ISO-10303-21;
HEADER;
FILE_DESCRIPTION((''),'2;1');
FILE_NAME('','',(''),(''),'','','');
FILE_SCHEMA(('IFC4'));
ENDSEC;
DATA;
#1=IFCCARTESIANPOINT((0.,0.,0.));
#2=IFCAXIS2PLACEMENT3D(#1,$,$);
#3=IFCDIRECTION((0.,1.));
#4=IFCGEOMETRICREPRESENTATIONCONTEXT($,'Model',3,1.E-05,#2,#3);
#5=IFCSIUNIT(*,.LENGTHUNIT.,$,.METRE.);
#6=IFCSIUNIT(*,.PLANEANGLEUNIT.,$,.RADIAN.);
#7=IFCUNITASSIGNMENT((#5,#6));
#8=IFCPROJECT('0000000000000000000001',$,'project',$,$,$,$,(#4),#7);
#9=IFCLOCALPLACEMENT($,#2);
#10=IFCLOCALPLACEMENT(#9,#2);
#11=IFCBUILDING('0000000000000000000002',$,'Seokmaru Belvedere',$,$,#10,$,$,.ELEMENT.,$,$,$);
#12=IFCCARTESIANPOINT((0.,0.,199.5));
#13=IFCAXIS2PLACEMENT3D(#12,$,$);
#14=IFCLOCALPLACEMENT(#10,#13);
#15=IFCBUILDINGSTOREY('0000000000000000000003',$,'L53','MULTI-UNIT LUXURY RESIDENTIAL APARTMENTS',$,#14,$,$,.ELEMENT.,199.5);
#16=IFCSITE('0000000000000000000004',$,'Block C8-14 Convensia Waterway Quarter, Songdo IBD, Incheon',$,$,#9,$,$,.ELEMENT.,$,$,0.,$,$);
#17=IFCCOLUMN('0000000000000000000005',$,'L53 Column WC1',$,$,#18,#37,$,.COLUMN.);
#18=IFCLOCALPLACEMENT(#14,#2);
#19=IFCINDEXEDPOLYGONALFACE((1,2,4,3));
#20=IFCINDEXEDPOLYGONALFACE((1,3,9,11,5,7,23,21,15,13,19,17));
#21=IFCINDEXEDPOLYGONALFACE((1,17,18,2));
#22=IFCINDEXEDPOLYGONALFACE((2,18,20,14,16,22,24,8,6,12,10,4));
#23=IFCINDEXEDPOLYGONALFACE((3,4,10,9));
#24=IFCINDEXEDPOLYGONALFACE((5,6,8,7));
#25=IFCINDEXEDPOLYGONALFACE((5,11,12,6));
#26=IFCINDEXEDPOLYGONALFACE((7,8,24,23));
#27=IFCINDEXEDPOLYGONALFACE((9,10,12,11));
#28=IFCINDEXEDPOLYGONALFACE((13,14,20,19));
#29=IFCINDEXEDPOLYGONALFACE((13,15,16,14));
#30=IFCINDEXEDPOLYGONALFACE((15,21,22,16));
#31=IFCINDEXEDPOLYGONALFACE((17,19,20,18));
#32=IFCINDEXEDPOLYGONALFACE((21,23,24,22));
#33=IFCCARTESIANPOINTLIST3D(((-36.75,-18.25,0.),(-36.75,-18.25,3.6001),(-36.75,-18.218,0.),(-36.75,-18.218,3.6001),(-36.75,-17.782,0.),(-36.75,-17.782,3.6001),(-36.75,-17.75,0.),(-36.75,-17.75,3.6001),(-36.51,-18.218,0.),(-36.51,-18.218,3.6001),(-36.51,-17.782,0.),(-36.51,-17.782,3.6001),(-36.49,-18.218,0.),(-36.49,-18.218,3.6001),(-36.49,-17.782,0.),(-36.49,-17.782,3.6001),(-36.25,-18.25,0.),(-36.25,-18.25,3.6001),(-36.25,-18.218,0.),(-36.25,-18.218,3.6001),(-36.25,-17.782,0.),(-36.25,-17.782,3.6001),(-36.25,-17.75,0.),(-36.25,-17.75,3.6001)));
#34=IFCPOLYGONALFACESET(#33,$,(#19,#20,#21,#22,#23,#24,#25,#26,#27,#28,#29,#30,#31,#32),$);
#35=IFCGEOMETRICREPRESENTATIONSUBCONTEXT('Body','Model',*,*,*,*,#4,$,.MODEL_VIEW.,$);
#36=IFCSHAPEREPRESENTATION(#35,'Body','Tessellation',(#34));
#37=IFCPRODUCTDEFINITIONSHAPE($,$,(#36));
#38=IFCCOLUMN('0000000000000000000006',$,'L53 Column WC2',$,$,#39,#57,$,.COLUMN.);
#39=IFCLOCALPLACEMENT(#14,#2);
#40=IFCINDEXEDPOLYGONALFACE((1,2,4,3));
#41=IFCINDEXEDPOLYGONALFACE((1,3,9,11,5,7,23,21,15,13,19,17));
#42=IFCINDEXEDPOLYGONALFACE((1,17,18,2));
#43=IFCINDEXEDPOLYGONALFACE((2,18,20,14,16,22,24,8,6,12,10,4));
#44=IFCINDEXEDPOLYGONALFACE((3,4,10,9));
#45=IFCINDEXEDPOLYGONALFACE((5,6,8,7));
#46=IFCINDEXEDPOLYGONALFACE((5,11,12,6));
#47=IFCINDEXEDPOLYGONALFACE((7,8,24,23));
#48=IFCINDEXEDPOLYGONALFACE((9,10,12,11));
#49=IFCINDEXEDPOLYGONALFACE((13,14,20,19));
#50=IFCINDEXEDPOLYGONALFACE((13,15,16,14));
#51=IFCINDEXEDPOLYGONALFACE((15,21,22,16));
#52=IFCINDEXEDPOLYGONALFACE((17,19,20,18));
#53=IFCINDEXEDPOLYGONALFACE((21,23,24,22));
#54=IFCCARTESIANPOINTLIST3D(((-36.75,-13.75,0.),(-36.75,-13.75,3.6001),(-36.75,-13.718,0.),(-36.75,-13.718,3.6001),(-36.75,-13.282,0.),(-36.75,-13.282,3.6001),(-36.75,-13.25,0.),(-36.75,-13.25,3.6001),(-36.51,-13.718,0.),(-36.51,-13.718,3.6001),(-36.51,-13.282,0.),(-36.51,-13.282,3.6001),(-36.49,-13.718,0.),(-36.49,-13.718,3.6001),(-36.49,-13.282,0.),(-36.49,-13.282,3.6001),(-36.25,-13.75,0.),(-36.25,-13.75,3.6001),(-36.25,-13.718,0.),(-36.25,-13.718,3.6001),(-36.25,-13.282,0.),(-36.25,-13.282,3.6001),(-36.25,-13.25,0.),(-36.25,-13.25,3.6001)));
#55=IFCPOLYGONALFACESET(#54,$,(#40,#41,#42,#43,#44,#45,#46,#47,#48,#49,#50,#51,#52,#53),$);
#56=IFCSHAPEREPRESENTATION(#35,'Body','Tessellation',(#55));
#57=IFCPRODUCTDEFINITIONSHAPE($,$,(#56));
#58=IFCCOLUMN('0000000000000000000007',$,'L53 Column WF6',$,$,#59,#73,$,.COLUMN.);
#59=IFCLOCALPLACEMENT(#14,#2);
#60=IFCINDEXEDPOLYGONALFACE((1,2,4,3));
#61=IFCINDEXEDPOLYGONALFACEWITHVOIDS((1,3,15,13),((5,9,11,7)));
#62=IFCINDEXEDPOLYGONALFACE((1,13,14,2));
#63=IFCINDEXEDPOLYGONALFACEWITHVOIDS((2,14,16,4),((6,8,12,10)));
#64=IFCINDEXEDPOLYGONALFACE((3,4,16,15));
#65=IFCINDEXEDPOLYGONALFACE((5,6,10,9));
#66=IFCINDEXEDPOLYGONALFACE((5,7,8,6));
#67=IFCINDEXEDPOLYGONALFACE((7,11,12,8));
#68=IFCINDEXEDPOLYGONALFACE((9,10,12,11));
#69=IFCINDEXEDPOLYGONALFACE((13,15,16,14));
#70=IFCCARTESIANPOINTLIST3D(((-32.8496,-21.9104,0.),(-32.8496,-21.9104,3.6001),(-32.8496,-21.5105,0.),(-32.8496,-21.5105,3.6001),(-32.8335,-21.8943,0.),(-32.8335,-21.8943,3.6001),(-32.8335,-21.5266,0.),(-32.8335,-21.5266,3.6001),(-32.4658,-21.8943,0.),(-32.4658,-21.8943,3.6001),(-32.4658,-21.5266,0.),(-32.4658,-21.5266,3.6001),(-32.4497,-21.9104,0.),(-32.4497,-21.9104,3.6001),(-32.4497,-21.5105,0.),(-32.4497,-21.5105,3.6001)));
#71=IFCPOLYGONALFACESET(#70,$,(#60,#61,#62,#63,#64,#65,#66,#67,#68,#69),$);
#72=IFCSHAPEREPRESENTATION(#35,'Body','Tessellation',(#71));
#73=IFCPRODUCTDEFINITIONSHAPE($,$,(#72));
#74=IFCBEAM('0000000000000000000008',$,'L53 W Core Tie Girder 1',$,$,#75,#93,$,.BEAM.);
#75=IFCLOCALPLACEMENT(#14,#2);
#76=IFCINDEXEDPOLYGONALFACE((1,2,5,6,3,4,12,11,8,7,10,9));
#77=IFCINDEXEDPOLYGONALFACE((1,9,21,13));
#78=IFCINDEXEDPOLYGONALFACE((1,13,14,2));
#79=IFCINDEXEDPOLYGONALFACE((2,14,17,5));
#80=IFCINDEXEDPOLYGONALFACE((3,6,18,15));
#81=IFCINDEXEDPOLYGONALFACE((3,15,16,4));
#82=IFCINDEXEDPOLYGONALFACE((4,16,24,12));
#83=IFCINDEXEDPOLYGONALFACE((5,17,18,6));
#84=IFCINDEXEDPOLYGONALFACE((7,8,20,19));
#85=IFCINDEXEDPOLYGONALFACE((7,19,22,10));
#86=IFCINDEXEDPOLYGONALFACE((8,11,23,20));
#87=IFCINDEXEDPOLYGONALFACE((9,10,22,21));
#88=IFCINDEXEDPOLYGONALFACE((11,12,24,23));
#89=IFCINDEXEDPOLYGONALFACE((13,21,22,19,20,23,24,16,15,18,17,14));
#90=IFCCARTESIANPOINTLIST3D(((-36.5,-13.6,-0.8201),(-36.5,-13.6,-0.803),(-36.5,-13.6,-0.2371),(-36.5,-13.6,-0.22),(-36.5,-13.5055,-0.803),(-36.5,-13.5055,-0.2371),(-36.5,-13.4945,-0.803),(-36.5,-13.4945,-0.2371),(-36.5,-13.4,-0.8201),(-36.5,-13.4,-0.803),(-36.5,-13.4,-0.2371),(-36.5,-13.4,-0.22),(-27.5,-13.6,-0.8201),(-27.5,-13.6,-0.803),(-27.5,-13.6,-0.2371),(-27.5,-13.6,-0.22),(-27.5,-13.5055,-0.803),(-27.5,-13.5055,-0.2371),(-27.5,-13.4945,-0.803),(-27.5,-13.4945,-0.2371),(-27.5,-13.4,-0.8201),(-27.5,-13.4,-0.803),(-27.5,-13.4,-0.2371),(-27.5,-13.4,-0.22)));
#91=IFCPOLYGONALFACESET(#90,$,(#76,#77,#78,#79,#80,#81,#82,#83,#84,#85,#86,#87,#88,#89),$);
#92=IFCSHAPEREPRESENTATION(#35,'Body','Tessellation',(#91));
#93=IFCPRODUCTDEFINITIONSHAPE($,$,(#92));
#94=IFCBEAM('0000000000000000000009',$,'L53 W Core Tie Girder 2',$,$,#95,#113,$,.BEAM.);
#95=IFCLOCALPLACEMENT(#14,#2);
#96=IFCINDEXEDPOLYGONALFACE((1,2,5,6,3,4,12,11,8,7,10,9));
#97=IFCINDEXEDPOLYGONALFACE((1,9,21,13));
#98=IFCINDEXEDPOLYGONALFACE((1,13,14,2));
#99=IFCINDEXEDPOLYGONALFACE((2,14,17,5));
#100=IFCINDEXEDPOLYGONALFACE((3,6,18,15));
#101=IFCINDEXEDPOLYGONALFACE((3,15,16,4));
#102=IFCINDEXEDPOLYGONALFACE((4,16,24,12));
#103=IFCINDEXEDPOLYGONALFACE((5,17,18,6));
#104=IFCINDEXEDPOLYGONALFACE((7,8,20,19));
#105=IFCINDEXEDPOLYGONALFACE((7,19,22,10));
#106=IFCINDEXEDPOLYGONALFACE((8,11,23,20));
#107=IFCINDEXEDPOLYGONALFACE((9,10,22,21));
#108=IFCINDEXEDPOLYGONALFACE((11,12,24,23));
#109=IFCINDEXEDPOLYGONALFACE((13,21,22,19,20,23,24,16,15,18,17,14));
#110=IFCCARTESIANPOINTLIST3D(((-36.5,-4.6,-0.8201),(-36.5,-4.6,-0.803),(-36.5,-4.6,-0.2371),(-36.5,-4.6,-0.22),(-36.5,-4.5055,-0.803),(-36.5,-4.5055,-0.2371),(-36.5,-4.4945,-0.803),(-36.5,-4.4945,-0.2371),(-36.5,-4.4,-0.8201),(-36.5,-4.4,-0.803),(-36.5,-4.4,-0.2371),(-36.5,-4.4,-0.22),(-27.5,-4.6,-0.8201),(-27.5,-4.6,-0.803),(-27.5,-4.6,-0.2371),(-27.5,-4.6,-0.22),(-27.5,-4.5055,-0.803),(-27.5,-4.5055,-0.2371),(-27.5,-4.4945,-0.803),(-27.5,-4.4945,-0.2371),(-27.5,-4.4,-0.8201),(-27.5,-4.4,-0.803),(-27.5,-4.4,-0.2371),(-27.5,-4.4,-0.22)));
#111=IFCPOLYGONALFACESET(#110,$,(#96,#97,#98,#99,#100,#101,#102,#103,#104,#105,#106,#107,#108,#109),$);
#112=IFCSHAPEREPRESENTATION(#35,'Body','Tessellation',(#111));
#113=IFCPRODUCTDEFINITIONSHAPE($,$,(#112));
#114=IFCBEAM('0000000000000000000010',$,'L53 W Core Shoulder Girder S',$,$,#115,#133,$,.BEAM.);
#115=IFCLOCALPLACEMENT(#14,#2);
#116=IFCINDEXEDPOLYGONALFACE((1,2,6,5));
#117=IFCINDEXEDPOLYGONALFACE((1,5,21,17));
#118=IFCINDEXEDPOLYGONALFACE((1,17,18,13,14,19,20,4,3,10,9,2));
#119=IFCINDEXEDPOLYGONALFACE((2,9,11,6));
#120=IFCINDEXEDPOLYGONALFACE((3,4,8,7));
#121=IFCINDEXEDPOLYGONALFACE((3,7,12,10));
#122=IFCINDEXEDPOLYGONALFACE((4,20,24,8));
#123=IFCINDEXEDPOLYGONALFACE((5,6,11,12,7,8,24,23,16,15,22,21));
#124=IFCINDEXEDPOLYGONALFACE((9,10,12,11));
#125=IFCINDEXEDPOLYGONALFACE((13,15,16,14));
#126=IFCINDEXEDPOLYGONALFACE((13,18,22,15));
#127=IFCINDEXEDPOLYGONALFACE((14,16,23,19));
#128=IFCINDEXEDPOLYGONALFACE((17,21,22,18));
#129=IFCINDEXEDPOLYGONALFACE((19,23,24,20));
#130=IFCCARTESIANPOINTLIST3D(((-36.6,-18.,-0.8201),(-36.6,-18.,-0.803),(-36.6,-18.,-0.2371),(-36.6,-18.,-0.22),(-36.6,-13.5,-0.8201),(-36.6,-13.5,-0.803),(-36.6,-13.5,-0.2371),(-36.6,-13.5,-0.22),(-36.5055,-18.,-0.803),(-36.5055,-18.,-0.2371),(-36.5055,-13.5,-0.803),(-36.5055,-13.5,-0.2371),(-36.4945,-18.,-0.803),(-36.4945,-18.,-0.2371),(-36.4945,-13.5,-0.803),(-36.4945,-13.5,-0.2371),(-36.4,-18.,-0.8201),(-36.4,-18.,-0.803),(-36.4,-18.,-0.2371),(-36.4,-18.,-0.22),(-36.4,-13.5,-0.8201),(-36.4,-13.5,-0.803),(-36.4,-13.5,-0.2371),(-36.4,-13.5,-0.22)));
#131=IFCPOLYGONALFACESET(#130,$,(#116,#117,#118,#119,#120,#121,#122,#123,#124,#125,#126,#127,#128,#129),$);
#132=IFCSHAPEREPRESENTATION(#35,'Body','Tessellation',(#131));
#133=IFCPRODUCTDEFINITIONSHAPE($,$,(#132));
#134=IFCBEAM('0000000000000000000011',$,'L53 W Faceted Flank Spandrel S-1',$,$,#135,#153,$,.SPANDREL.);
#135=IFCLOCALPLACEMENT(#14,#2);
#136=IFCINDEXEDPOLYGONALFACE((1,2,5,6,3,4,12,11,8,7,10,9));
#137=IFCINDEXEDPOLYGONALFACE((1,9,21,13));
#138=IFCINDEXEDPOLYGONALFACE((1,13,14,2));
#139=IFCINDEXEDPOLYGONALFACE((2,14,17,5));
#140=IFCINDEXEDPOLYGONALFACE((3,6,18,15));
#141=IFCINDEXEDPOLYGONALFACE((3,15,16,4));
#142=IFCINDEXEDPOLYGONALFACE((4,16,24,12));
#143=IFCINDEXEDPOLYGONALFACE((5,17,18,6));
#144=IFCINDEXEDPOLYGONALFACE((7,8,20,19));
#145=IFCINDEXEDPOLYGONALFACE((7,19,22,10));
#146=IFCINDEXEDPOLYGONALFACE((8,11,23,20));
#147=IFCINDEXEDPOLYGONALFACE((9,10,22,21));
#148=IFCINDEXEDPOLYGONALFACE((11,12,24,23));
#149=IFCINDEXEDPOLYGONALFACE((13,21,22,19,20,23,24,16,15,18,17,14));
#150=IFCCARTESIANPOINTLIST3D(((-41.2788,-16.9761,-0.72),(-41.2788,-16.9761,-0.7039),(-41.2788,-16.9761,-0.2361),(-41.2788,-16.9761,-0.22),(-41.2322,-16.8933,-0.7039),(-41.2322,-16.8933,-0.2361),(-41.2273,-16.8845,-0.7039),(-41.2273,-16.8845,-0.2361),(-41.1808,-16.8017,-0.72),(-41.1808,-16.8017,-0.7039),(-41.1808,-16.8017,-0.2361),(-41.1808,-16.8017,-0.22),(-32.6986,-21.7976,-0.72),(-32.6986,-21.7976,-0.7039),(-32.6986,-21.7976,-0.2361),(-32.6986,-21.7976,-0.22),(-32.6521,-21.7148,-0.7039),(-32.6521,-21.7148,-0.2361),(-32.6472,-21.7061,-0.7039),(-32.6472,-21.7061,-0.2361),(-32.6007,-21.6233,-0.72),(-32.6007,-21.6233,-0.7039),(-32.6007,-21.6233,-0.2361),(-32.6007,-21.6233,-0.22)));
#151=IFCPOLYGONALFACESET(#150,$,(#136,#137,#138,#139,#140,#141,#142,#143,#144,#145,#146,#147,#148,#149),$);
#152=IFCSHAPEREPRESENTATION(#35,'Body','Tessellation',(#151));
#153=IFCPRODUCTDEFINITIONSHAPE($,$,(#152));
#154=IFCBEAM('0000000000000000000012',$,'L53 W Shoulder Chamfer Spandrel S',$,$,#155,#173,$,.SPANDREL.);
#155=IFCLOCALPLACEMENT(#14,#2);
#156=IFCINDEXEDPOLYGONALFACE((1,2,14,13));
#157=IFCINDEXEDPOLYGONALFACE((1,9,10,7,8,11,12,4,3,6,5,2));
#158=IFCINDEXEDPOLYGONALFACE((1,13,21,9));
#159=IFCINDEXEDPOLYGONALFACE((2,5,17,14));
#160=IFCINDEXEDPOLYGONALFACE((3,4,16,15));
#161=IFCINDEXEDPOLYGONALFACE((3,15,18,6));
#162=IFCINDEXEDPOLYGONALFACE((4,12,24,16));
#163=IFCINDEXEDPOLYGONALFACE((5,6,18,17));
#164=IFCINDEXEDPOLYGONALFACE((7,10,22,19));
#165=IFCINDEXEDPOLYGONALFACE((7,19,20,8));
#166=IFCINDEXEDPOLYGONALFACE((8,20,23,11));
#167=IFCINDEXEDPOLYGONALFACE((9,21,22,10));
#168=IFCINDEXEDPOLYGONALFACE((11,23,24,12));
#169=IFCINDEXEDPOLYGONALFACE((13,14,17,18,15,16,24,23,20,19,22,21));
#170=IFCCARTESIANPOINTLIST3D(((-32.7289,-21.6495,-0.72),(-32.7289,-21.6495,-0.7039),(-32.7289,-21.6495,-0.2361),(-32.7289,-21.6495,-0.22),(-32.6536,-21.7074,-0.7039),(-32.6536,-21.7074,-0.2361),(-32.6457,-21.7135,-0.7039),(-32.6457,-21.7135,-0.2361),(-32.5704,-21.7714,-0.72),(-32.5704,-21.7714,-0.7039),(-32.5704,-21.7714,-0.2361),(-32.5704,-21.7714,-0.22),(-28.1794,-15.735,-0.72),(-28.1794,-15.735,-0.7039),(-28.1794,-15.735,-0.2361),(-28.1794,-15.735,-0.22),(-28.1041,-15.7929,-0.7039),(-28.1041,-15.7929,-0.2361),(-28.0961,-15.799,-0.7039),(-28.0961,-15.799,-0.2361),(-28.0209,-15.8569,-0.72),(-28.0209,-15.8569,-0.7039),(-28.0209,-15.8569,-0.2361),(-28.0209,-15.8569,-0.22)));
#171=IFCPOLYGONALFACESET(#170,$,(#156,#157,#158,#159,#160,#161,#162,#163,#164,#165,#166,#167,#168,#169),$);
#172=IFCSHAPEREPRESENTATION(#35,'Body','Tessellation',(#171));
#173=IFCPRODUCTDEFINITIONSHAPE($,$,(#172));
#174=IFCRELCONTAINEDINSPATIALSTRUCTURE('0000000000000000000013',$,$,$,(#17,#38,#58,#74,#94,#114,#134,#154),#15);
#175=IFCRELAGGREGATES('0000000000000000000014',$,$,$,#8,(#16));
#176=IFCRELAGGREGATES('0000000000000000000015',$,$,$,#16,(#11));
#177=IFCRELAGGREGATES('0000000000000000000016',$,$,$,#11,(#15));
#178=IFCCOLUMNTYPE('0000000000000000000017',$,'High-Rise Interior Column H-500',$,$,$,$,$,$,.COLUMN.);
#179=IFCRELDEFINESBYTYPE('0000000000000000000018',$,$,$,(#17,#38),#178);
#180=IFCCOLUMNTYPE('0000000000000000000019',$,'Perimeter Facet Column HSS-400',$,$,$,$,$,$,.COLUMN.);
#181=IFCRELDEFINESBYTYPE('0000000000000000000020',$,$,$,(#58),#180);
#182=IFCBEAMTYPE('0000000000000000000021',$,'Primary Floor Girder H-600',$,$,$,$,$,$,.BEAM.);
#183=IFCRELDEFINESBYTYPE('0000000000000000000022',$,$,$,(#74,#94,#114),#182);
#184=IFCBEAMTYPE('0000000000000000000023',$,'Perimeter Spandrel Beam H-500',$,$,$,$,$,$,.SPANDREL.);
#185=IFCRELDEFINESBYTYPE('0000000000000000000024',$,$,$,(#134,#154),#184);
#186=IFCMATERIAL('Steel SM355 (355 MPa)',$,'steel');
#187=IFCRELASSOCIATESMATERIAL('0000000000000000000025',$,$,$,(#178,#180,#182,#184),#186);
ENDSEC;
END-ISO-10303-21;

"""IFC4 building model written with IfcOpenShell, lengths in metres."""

from ifc_helpers import new_model, si_unit, direction, frame, origin, origin_2d, place, context, subcontext, project, spatial, hollow_rectangle, i_section, extrude, source, transform, mapped, material, material_profile, profile_set, type_object, type_shapes, element, save


model = new_model("IFC4")

# Units and contexts
model_context = context("Model", 3, precision=1e-05, world=origin(), true_north=direction((0.0, 1.0)))
body_context = subcontext(model_context, "Body", "Model", "MODEL_VIEW")
ifc_project = project(units=[si_unit("LENGTHUNIT", "METRE"), si_unit("PLANEANGLEUNIT", "RADIAN")], contexts=[model_context])

# Site, building, storey
site_placement = place(None, origin())
site = spatial("IfcSite", under=ifc_project, at=site_placement, Name="Block C8-14 Convensia Waterway Quarter, Songdo IBD, Incheon", CompositionType="ELEMENT", RefElevation=0.0)
building_placement = place(site_placement, origin())
building = spatial("IfcBuilding", under=site, at=building_placement, Name="Seokmaru Belvedere", CompositionType="ELEMENT")
storey_placement = place(building_placement, frame((0.0, 0.0, 199.5)))
storey = spatial("IfcBuildingStorey", under=building, at=storey_placement, Name="L53", Description="MULTI-UNIT LUXURY RESIDENTIAL APARTMENTS", CompositionType="ELEMENT", Elevation=199.5)

# Columns
ifc_material_1 = material(Name="Steel SM355 (355 MPa)", Category="steel")
ifc_material_profile_1 = material_profile(ifc_material_1, i_section(OverallWidth=0.5, OverallDepth=0.5, WebThickness=0.02, FlangeThickness=0.032, at=origin_2d()), Name="H-500x500x20x32")
ifc_profile_set_1 = profile_set([ifc_material_profile_1], Name="Steel SM355 (355 MPa)")
column_type_1 = type_object("IfcColumnType", Name="High-Rise Interior Column H-500", PredefinedType="COLUMN", material=ifc_profile_set_1)
shared_shape_1 = source(origin(), body_context, "Body", "SweptSolid", [
    extrude(i_section(OverallWidth=0.5, OverallDepth=0.5, WebThickness=0.02, FlangeThickness=0.032, at=origin_2d()), origin(), (0.0, 0.0, 1.0), 3.6001),
])
type_shapes(column_type_1, [shared_shape_1])
for number, where, z_axis, x_axis, name in (
    (1, (-36.5, -18.0, 0.0), (0.0, 0.0, 1.0), (1.0, 0.0, 0.0), "L53 Column WC1"),
    (2, (-36.5, -13.5, 0.0), (0.0, 0.0, 1.0), (1.0, 0.0, 0.0), "L53 Column WC2"),
):
    element("IfcColumn", number, at=place(storey_placement, frame(where, z_axis=z_axis, x_axis=x_axis)), inside=storey, type_object=column_type_1, Name=name, PredefinedType="COLUMN", context=body_context, shape_type="MappedRepresentation", body=[
        mapped(shared_shape_1, transform((0.0, 0.0, 0.0), scale=1.0)),
    ])
ifc_material_profile_2 = material_profile(ifc_material_1, hollow_rectangle(XDim=0.3999, YDim=0.3999, WallThickness=0.0161, at=origin_2d()), Name="HSS-400x400x16")
ifc_profile_set_2 = profile_set([ifc_material_profile_2], Name="Steel SM355 (355 MPa)")
column_type_2 = type_object("IfcColumnType", Name="Perimeter Facet Column HSS-400", PredefinedType="COLUMN", material=ifc_profile_set_2)
shared_shape_2 = source(origin(), body_context, "Body", "SweptSolid", [
    extrude(hollow_rectangle(XDim=0.3999, YDim=0.3999, WallThickness=0.0161, at=origin_2d()), origin(), (0.0, 0.0, 1.0), 3.6001),
])
type_shapes(column_type_2, [shared_shape_2])
column_placement = place(storey_placement, frame((-32.6497, -21.7104, 0.0), z_axis=(0.0, 0.0, 1.0), x_axis=(1.0, 0.0, 0.0)))
element("IfcColumn", 3, at=column_placement, inside=storey, type_object=column_type_2, Name="L53 Column WF6", PredefinedType="COLUMN", context=body_context, shape_type="MappedRepresentation", body=[
    mapped(shared_shape_2, transform((0.0, 0.0, 0.0), scale=1.0)),
])

# Beams
ifc_material_profile_3 = material_profile(ifc_material_1, i_section(OverallWidth=0.2, OverallDepth=0.6001, WebThickness=0.011, FlangeThickness=0.0171, at=origin_2d()), Name="H-600x200x11x17")
ifc_profile_set_3 = profile_set([ifc_material_profile_3], Name="Steel SM355 (355 MPa)")
beam_type_1 = type_object("IfcBeamType", Name="Primary Floor Girder H-600", PredefinedType="BEAM", material=ifc_profile_set_3)
shared_shape_3 = source(origin(), body_context, "Body", "SweptSolid", [
    extrude(i_section(OverallWidth=0.2, OverallDepth=0.6001, WebThickness=0.011, FlangeThickness=0.0171, at=origin_2d()), origin(), (0.0, 0.0, 1.0), 9.0),
])
for number, where, z_axis, x_axis, name in (
    (4, (-36.5, -13.5, -0.52), (1.0, 0.0, 0.0), (0.0, 1.0, 0.0), "L53 W Core Tie Girder 1"),
    (5, (-36.5, -4.5, -0.52), (1.0, 0.0, 0.0), (0.0, 1.0, 0.0), "L53 W Core Tie Girder 2"),
):
    element("IfcBeam", number, at=place(storey_placement, frame(where, z_axis=z_axis, x_axis=x_axis)), inside=storey, type_object=beam_type_1, Name=name, PredefinedType="BEAM", context=body_context, shape_type="MappedRepresentation", body=[
        mapped(shared_shape_3, transform((0.0, 0.0, 0.0), scale=1.0)),
    ])
shared_shape_4 = source(origin(), body_context, "Body", "SweptSolid", [
    extrude(i_section(OverallWidth=0.2, OverallDepth=0.6001, WebThickness=0.011, FlangeThickness=0.0171, at=origin_2d()), origin(), (0.0, 0.0, 1.0), 4.5),
])
type_shapes(beam_type_1, [shared_shape_3, shared_shape_4])
beam_1_placement = place(storey_placement, frame((-36.5, -18.0, -0.52), z_axis=(0.0, 1.0, 0.0), x_axis=(-1.0, 0.0, 0.0)))
element("IfcBeam", 6, at=beam_1_placement, inside=storey, type_object=beam_type_1, Name="L53 W Core Shoulder Girder S", PredefinedType="BEAM", context=body_context, shape_type="MappedRepresentation", body=[
    mapped(shared_shape_4, transform((0.0, 0.0, 0.0), scale=1.0)),
])
ifc_material_profile_4 = material_profile(ifc_material_1, i_section(OverallWidth=0.2, OverallDepth=0.5, WebThickness=0.01, FlangeThickness=0.0161, at=origin_2d()), Name="H-500x200x10x16")
ifc_profile_set_4 = profile_set([ifc_material_profile_4], Name="Steel SM355 (355 MPa)")
beam_type_2 = type_object("IfcBeamType", Name="Perimeter Spandrel Beam H-500", PredefinedType="SPANDREL", material=ifc_profile_set_4)
shared_shape_5 = source(origin(), body_context, "Body", "SweptSolid", [
    extrude(i_section(OverallWidth=0.2, OverallDepth=0.5, WebThickness=0.01, FlangeThickness=0.0161, at=origin_2d()), origin(), (0.0, 0.0, 1.0), 9.842),
])
beam_2_placement = place(storey_placement, frame((-32.6497, -21.7104, -0.47), z_axis=(-0.871782, 0.489894, 0.0), x_axis=(-0.489894, -0.871782, 0.0)))
element("IfcBeam", 7, at=beam_2_placement, inside=storey, type_object=beam_type_2, Name="L53 W Faceted Flank Spandrel S-1", PredefinedType="SPANDREL", context=body_context, shape_type="MappedRepresentation", body=[
    mapped(shared_shape_5, transform((0.0, 0.0, 0.0), scale=1.0)),
])
shared_shape_6 = source(origin(), body_context, "Body", "SweptSolid", [
    extrude(i_section(OverallWidth=0.2, OverallDepth=0.5, WebThickness=0.01, FlangeThickness=0.0161, at=origin_2d()), origin(), (0.0, 0.0, 1.0), 7.4619),
])
type_shapes(beam_type_2, [shared_shape_5, shared_shape_6])
beam_3_placement = place(storey_placement, frame((-32.6497, -21.7104, -0.47), z_axis=(0.609703, 0.79263, 0.0), x_axis=(-0.79263, 0.609703, 0.0)))
element("IfcBeam", 8, at=beam_3_placement, inside=storey, type_object=beam_type_2, Name="L53 W Shoulder Chamfer Spandrel S", PredefinedType="SPANDREL", context=body_context, shape_type="MappedRepresentation", body=[
    mapped(shared_shape_6, transform((0.0, 0.0, 0.0), scale=1.0)),
])

save(model, "model.ifc")
